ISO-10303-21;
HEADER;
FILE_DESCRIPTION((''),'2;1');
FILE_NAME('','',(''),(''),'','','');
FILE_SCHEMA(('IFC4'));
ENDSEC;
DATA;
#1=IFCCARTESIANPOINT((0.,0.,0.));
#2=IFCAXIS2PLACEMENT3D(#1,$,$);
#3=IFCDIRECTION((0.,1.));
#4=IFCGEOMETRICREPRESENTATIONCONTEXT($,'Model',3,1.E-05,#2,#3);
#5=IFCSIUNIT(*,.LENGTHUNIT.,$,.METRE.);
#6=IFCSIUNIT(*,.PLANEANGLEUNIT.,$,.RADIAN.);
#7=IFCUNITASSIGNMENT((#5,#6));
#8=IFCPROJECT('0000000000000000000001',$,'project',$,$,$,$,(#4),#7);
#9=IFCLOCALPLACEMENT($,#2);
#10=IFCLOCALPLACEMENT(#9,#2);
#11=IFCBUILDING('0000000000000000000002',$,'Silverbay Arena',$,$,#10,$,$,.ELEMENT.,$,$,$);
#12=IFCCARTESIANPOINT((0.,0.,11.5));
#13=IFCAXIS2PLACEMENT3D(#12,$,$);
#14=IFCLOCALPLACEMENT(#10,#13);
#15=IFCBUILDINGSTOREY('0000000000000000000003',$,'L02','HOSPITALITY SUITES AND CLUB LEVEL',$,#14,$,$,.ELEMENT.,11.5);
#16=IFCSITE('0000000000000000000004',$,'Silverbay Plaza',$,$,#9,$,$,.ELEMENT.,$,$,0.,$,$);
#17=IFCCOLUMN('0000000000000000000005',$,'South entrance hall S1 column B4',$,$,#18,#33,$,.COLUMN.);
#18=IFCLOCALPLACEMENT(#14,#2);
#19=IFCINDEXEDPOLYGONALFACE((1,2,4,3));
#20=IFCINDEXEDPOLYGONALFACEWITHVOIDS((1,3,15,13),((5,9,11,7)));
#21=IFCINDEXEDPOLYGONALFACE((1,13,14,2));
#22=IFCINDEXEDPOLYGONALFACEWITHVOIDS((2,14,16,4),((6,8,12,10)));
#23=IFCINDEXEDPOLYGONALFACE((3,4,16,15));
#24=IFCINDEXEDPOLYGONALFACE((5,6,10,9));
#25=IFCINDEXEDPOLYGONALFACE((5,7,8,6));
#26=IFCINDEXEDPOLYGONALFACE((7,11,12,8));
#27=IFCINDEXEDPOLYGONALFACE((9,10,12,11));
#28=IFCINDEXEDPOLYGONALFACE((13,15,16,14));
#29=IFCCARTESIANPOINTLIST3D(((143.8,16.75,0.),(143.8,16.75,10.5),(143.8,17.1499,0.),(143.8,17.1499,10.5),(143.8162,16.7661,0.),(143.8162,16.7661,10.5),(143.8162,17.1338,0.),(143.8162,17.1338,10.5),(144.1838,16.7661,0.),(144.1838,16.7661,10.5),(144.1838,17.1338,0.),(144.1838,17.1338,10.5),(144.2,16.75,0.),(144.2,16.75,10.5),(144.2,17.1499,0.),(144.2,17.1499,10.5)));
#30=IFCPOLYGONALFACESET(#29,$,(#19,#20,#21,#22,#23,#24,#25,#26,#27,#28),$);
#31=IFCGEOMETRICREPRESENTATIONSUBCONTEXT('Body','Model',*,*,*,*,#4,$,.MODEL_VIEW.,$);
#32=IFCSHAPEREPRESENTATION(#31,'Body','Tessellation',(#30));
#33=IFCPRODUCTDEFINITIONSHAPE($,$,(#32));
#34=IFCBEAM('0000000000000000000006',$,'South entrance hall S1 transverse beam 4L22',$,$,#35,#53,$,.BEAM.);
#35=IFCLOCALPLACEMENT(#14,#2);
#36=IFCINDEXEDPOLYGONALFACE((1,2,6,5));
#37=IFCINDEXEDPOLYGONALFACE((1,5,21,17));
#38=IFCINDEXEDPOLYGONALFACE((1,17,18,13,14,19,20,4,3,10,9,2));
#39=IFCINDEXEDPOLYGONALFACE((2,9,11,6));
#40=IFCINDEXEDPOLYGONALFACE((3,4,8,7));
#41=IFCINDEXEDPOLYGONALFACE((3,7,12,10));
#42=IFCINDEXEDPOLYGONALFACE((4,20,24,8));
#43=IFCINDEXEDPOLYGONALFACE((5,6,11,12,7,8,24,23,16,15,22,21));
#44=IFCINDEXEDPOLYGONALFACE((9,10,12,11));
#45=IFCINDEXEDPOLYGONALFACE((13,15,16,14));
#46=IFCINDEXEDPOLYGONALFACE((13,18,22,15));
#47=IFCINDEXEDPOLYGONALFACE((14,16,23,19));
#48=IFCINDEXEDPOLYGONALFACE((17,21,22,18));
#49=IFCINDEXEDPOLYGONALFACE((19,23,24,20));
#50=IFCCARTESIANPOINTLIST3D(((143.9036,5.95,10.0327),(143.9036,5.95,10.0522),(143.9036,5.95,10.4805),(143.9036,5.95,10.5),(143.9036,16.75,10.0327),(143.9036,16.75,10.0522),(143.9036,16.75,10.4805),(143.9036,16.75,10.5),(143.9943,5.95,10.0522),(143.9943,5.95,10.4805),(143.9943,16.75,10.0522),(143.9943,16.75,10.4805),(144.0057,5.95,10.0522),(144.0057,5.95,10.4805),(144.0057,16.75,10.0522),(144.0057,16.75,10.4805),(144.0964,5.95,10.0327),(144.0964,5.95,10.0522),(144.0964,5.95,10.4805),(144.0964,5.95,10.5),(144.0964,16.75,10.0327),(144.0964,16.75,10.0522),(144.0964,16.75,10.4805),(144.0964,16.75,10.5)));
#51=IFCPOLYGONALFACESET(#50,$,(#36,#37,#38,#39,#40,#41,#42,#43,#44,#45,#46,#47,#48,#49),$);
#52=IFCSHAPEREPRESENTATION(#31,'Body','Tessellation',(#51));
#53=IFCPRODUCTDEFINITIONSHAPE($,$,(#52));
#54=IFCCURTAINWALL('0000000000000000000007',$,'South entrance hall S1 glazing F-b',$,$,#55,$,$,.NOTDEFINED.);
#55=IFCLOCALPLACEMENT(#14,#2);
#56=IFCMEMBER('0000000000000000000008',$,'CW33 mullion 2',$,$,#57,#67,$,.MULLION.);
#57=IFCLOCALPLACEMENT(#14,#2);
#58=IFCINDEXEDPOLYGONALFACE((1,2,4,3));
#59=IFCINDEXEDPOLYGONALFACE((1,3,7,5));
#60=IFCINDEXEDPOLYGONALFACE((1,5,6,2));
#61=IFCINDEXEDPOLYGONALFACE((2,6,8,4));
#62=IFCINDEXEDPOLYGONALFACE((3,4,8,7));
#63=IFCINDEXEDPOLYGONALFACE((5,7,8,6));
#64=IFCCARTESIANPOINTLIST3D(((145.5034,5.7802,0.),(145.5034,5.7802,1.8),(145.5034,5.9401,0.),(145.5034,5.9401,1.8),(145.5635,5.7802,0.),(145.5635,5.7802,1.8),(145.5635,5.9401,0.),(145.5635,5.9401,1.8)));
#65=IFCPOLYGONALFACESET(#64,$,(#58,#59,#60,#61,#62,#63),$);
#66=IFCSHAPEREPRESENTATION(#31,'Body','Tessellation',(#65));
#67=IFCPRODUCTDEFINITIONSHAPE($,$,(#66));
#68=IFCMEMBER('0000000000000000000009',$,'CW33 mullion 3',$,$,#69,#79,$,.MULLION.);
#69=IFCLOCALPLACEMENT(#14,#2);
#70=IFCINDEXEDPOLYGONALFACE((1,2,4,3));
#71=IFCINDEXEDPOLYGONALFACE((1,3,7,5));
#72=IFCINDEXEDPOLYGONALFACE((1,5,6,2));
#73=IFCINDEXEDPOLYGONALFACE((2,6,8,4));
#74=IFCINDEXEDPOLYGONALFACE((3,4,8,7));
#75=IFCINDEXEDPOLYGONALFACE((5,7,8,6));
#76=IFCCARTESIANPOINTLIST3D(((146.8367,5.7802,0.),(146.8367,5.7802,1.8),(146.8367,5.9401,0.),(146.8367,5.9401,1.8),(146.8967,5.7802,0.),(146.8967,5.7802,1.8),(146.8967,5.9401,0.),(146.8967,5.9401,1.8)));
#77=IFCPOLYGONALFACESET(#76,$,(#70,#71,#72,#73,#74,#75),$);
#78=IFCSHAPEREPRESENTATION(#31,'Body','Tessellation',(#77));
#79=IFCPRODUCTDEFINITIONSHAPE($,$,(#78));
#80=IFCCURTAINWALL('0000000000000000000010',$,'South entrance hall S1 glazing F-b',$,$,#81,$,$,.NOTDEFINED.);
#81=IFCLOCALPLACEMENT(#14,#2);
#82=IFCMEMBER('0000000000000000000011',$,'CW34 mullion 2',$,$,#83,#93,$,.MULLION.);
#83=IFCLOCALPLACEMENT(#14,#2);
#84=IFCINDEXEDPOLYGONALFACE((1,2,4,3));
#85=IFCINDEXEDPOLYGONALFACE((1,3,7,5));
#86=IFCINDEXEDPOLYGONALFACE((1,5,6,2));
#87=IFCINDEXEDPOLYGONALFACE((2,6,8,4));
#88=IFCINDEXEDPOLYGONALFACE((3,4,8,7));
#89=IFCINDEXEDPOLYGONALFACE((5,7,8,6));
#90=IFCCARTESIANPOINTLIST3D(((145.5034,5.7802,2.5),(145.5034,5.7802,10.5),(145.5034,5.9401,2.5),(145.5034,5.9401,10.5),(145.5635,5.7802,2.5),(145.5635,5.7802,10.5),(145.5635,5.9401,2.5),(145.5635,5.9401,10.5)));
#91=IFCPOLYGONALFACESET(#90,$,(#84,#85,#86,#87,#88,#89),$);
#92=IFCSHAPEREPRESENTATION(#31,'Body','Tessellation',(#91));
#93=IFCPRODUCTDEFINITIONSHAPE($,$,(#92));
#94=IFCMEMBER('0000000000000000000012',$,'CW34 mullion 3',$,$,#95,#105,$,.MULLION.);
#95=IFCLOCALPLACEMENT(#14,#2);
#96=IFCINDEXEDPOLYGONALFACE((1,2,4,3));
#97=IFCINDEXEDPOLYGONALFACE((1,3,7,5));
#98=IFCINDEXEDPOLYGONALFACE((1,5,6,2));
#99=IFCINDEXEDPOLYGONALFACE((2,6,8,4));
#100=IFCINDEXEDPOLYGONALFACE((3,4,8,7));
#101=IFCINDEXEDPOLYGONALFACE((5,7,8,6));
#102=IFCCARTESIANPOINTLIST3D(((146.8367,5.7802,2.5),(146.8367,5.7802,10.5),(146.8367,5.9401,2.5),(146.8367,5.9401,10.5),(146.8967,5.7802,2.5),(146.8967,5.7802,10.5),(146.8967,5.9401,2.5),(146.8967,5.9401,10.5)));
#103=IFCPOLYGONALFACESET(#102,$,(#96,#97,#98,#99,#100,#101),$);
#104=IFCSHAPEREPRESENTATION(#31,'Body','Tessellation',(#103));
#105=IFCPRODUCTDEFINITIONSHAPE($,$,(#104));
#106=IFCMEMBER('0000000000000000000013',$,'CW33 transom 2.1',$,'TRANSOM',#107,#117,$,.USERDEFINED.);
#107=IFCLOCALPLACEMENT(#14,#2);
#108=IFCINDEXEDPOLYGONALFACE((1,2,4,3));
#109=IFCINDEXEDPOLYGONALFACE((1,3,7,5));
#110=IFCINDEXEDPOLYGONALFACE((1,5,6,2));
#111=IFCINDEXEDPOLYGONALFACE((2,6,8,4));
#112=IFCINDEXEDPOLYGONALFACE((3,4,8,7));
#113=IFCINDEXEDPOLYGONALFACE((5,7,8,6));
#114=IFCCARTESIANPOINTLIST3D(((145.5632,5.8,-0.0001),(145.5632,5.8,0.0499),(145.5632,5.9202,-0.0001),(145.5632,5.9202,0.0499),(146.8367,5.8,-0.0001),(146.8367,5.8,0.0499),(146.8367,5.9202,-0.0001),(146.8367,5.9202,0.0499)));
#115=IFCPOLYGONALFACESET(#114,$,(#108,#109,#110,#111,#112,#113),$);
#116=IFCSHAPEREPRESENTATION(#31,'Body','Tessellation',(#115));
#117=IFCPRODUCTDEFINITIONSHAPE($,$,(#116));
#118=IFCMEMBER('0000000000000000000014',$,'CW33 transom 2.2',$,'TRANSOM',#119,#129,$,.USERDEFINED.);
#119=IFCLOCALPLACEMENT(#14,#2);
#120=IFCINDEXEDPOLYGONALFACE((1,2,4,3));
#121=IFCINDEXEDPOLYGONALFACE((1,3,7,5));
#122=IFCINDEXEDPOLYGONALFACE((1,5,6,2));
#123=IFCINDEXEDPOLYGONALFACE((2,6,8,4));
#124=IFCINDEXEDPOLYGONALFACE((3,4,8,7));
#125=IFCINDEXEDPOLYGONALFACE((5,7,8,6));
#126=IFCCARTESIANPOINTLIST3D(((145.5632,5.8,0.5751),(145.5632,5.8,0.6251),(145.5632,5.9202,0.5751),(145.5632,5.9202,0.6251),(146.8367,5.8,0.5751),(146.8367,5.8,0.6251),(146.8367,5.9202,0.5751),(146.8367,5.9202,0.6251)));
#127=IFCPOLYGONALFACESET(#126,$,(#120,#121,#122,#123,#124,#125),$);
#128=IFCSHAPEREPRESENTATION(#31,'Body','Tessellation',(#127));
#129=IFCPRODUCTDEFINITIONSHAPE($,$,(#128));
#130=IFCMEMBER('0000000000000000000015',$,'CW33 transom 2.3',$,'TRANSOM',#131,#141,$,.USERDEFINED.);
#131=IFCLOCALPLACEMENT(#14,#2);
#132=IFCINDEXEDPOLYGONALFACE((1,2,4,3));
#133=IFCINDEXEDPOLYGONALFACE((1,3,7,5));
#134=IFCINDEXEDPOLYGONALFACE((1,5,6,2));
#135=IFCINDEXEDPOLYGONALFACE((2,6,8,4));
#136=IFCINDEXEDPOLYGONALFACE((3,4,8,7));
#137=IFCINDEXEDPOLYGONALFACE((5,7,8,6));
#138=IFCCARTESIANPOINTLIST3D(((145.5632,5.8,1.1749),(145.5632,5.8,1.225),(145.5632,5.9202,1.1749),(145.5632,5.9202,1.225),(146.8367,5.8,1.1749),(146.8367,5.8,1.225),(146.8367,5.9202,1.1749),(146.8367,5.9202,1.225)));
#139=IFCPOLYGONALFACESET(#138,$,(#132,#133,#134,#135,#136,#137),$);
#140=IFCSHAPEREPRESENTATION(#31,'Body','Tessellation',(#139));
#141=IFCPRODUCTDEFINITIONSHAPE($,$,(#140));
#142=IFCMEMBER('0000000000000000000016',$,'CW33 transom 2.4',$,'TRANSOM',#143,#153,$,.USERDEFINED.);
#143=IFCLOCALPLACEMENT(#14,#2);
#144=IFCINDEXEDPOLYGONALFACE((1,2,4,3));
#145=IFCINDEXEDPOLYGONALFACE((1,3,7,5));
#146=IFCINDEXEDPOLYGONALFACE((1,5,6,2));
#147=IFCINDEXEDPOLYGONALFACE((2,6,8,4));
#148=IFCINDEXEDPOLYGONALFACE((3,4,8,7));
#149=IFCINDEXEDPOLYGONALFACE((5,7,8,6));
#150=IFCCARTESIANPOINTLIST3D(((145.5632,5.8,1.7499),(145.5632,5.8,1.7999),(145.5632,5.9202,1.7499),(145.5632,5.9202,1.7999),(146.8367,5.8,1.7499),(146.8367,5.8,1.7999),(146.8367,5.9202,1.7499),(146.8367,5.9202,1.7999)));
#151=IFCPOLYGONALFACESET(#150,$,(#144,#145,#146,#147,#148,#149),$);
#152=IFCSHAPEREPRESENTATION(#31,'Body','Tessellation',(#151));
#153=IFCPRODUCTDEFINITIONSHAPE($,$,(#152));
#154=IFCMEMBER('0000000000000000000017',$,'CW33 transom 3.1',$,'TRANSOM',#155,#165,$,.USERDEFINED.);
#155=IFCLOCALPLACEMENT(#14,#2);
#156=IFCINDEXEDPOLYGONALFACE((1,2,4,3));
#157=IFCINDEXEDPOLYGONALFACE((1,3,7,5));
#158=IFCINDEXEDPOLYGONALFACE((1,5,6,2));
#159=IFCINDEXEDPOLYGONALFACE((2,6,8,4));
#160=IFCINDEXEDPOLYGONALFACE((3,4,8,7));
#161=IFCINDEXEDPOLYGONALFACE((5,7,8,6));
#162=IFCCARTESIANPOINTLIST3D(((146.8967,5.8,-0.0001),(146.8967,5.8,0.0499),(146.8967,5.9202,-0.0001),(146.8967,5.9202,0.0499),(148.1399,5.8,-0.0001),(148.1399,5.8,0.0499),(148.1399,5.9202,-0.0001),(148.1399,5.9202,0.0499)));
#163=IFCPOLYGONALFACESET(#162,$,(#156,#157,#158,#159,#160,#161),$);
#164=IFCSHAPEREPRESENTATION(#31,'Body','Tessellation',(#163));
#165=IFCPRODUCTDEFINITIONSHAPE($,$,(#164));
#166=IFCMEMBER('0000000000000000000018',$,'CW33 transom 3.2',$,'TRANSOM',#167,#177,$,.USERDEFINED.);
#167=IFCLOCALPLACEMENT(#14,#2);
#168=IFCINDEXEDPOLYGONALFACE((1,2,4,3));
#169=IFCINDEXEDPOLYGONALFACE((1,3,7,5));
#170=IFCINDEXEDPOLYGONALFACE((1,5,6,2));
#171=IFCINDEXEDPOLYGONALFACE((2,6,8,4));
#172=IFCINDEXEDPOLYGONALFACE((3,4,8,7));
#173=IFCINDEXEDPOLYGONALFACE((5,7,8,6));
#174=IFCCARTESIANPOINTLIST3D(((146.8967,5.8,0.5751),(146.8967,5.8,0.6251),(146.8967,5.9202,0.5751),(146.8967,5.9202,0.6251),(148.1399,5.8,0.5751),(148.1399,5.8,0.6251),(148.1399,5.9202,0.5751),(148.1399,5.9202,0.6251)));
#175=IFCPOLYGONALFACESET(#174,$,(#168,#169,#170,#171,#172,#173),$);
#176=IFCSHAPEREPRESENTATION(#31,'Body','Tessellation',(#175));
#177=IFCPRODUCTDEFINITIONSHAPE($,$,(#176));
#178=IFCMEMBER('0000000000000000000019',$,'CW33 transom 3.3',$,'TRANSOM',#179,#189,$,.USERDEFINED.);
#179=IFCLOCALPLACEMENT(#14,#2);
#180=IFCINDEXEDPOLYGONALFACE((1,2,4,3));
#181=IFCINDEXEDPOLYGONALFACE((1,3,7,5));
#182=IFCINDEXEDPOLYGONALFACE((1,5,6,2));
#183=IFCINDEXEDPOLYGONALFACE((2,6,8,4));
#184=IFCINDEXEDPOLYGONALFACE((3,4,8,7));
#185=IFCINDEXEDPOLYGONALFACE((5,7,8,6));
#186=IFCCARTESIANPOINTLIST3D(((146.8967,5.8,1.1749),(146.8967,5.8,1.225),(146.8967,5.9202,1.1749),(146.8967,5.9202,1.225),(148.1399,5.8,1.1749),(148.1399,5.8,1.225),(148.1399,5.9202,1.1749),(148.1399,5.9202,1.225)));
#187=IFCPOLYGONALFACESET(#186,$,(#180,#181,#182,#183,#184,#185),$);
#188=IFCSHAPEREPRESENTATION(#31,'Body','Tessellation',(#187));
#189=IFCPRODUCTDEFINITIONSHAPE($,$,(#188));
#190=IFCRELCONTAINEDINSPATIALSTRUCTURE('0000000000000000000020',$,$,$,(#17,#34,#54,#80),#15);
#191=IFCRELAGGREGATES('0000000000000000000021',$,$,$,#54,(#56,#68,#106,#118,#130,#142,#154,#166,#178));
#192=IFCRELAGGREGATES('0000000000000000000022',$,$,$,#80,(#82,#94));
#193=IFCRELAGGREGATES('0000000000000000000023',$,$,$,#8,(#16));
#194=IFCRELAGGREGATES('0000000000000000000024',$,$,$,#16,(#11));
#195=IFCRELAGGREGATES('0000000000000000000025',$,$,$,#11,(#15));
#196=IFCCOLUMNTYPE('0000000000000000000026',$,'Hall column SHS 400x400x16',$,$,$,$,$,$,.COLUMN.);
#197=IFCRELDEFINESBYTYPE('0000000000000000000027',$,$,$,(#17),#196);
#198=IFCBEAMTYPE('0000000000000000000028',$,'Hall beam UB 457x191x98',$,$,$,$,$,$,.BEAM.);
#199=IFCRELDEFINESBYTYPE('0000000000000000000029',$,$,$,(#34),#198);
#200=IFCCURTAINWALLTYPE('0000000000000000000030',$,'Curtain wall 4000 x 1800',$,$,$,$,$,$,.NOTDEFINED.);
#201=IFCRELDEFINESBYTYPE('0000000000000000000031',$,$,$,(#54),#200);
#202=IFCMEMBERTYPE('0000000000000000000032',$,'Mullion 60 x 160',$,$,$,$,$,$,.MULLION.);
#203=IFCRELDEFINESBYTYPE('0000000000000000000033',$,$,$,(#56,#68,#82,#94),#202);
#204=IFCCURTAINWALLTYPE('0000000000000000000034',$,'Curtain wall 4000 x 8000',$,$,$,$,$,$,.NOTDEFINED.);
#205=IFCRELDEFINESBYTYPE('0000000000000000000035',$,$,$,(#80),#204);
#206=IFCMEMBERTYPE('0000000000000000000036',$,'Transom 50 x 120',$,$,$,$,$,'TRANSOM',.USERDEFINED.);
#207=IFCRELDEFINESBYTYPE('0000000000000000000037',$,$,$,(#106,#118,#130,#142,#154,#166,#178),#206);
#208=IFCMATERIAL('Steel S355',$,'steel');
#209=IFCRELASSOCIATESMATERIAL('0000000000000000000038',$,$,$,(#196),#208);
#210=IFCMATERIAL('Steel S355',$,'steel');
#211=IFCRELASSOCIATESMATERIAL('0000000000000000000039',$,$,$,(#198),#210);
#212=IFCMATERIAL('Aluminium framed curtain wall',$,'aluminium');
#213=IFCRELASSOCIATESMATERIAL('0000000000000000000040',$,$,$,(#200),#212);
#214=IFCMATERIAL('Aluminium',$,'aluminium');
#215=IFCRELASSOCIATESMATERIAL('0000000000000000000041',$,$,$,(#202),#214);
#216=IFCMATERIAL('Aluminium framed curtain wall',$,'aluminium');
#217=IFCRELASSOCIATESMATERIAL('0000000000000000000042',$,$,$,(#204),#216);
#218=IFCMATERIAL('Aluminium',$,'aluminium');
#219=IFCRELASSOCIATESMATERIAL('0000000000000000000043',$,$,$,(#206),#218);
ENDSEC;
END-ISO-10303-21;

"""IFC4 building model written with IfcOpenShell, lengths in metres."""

from ifc_helpers import new_model, si_unit, direction, frame, origin, origin_2d, place, context, subcontext, project, spatial, rectangle, hollow_rectangle, i_section, extrude, material, material_profile, profile_set, type_object, element, aggregate, save


model = new_model("IFC4")

# Units and contexts
model_context = context("Model", 3, precision=1e-05, world=origin(), true_north=direction((0.0, 1.0)))
body_context = subcontext(model_context, "Body", "Model", "MODEL_VIEW")
ifc_project = project(units=[si_unit("LENGTHUNIT", "METRE"), si_unit("PLANEANGLEUNIT", "RADIAN")], contexts=[model_context])

# Site, building, storey
site_placement = place(None, origin())
site = spatial("IfcSite", under=ifc_project, at=site_placement, Name="Silverbay Plaza", CompositionType="ELEMENT", RefElevation=0.0)
building_placement = place(site_placement, origin())
building = spatial("IfcBuilding", under=site, at=building_placement, Name="Silverbay Arena", CompositionType="ELEMENT")
storey_placement = place(building_placement, frame((0.0, 0.0, 11.5)))
storey = spatial("IfcBuildingStorey", under=building, at=storey_placement, Name="L02", Description="HOSPITALITY SUITES AND CLUB LEVEL", CompositionType="ELEMENT", Elevation=11.5)

# Column
ifc_material_1 = material(Name="Steel S355", Category="steel")
ifc_material_profile_1 = material_profile(ifc_material_1, hollow_rectangle(XDim=0.3999, YDim=0.3999, WallThickness=0.0161, at=origin_2d()), Name="SHS 400x400x16")
ifc_profile_set_1 = profile_set([ifc_material_profile_1], Name="Steel S355")
column_type = type_object("IfcColumnType", Name="Hall column SHS 400x400x16", PredefinedType="COLUMN", material=ifc_profile_set_1)
column_placement = place(storey_placement, frame((144.0, 16.95, 0.0), z_axis=(0.0, 0.0, 1.0), x_axis=(1.0, 0.0, 0.0)))
element("IfcColumn", 1, at=column_placement, inside=storey, type_object=column_type, Name="South entrance hall S1 column B4", PredefinedType="COLUMN", context=body_context, shape_type="SweptSolid", body=[
    extrude(hollow_rectangle(XDim=0.3999, YDim=0.3999, WallThickness=0.0161, at=origin_2d()), origin(), (0.0, 0.0, 1.0), 10.5),
])

# Beam
ifc_material_2 = material(Name="Steel S355", Category="steel")
ifc_material_profile_2 = material_profile(ifc_material_2, i_section(OverallWidth=0.1929, OverallDepth=0.4673, WebThickness=0.0115, FlangeThickness=0.0195, at=origin_2d()), Name="UB 457x191x98")
ifc_profile_set_2 = profile_set([ifc_material_profile_2], Name="Steel S355")
beam_type = type_object("IfcBeamType", Name="Hall beam UB 457x191x98", PredefinedType="BEAM", material=ifc_profile_set_2)
beam_placement = place(storey_placement, frame((144.0, 16.75, 10.2664), z_axis=(0.0, -1.0, 0.0), x_axis=(1.0, 0.0, 0.0)))
element("IfcBeam", 2, at=beam_placement, inside=storey, type_object=beam_type, Name="South entrance hall S1 transverse beam 4L22", PredefinedType="BEAM", context=body_context, shape_type="SweptSolid", body=[
    extrude(i_section(OverallWidth=0.1929, OverallDepth=0.4673, WebThickness=0.0115, FlangeThickness=0.0195, at=origin_2d()), origin(), (0.0, 0.0, 1.0), 10.8),
])

# Curtain walls, members
ifc_material_3 = material(Name="Aluminium framed curtain wall", Category="aluminium")
curtain_wall_type_1 = type_object("IfcCurtainWallType", Name="Curtain wall 4000 x 1800", PredefinedType="NOTDEFINED", material=ifc_material_3)
curtain_wall_1_placement = place(storey_placement, origin())
curtain_wall_1 = element("IfcCurtainWall", 3, at=curtain_wall_1_placement, inside=storey, type_object=curtain_wall_type_1, Name="South entrance hall S1 glazing F-b", PredefinedType="NOTDEFINED")
ifc_material_4 = material(Name="Aluminium", Category="aluminium")
ifc_material_profile_3 = material_profile(ifc_material_4, rectangle(XDim=0.1599, YDim=0.0601, at=origin_2d()), Name="Mullion 60 x 160")
ifc_profile_set_3 = profile_set([ifc_material_profile_3], Name="Aluminium")
member_type_1 = type_object("IfcMemberType", Name="Mullion 60 x 160", PredefinedType="MULLION", material=ifc_profile_set_3)
member_1_placement = place(storey_placement, frame((145.5334, 5.8601, 0.0), z_axis=(0.0, 0.0, 1.0), x_axis=(0.0, 1.0, 0.0)))
member_1 = element("IfcMember", 4, at=member_1_placement, type_object=member_type_1, Name="CW33 mullion 2", PredefinedType="MULLION", context=body_context, shape_type="SweptSolid", body=[
    extrude(rectangle(XDim=0.1599, YDim=0.0601, at=origin_2d()), origin(), (0.0, 0.0, 1.0), 1.8),
])
member_2_placement = place(storey_placement, frame((146.8667, 5.8601, 0.0), z_axis=(0.0, 0.0, 1.0), x_axis=(0.0, 1.0, 0.0)))
member_2 = element("IfcMember", 5, at=member_2_placement, type_object=member_type_1, Name="CW33 mullion 3", PredefinedType="MULLION", context=body_context, shape_type="SweptSolid", body=[
    extrude(rectangle(XDim=0.1599, YDim=0.0601, at=origin_2d()), origin(), (0.0, 0.0, 1.0), 1.8),
])
ifc_material_5 = material(Name="Aluminium framed curtain wall", Category="aluminium")
curtain_wall_type_2 = type_object("IfcCurtainWallType", Name="Curtain wall 4000 x 8000", PredefinedType="NOTDEFINED", material=ifc_material_5)
curtain_wall_2_placement = place(storey_placement, origin())
curtain_wall_2 = element("IfcCurtainWall", 6, at=curtain_wall_2_placement, inside=storey, type_object=curtain_wall_type_2, Name="South entrance hall S1 glazing F-b", PredefinedType="NOTDEFINED")
member_3_placement = place(storey_placement, frame((145.5334, 5.8601, 2.5), z_axis=(0.0, 0.0, 1.0), x_axis=(0.0, 1.0, 0.0)))
member_3 = element("IfcMember", 7, at=member_3_placement, type_object=member_type_1, Name="CW34 mullion 2", PredefinedType="MULLION", context=body_context, shape_type="SweptSolid", body=[
    extrude(rectangle(XDim=0.1599, YDim=0.0601, at=origin_2d()), origin(), (0.0, 0.0, 1.0), 8.0),
])
member_4_placement = place(storey_placement, frame((146.8667, 5.8601, 2.5), z_axis=(0.0, 0.0, 1.0), x_axis=(0.0, 1.0, 0.0)))
member_4 = element("IfcMember", 8, at=member_4_placement, type_object=member_type_1, Name="CW34 mullion 3", PredefinedType="MULLION", context=body_context, shape_type="SweptSolid", body=[
    extrude(rectangle(XDim=0.1599, YDim=0.0601, at=origin_2d()), origin(), (0.0, 0.0, 1.0), 8.0),
])

# Members
ifc_material_6 = material(Name="Aluminium", Category="aluminium")
ifc_material_profile_4 = material_profile(ifc_material_6, rectangle(XDim=0.1201, YDim=0.05, at=origin_2d()), Name="Transom 50 x 120")
ifc_profile_set_4 = profile_set([ifc_material_profile_4], Name="Aluminium")
member_type_2 = type_object("IfcMemberType", Name="Transom 50 x 120", ElementType="TRANSOM", PredefinedType="USERDEFINED", material=ifc_profile_set_4)
member_5_placement = place(storey_placement, frame((145.5632, 5.8601, 0.0249), z_axis=(1.0, 0.0, 0.0), x_axis=(0.0, 1.0, 0.0)))
member_5 = element("IfcMember", 9, at=member_5_placement, type_object=member_type_2, Name="CW33 transom 2.1", ObjectType="TRANSOM", PredefinedType="USERDEFINED", context=body_context, shape_type="SweptSolid", body=[
    extrude(rectangle(XDim=0.1201, YDim=0.05, at=origin_2d()), origin(), (0.0, 0.0, 1.0), 1.2734),
])
member_6_placement = place(storey_placement, frame((145.5632, 5.8601, 0.6001), z_axis=(1.0, 0.0, 0.0), x_axis=(0.0, 1.0, 0.0)))
member_6 = element("IfcMember", 10, at=member_6_placement, type_object=member_type_2, Name="CW33 transom 2.2", ObjectType="TRANSOM", PredefinedType="USERDEFINED", context=body_context, shape_type="SweptSolid", body=[
    extrude(rectangle(XDim=0.1201, YDim=0.05, at=origin_2d()), origin(), (0.0, 0.0, 1.0), 1.2734),
])
member_7_placement = place(storey_placement, frame((145.5632, 5.8601, 1.2), z_axis=(1.0, 0.0, 0.0), x_axis=(0.0, 1.0, 0.0)))
member_7 = element("IfcMember", 11, at=member_7_placement, type_object=member_type_2, Name="CW33 transom 2.3", ObjectType="TRANSOM", PredefinedType="USERDEFINED", context=body_context, shape_type="SweptSolid", body=[
    extrude(rectangle(XDim=0.1201, YDim=0.05, at=origin_2d()), origin(), (0.0, 0.0, 1.0), 1.2734),
])
member_8_placement = place(storey_placement, frame((145.5632, 5.8601, 1.7749), z_axis=(1.0, 0.0, 0.0), x_axis=(0.0, 1.0, 0.0)))
member_8 = element("IfcMember", 12, at=member_8_placement, type_object=member_type_2, Name="CW33 transom 2.4", ObjectType="TRANSOM", PredefinedType="USERDEFINED", context=body_context, shape_type="SweptSolid", body=[
    extrude(rectangle(XDim=0.1201, YDim=0.05, at=origin_2d()), origin(), (0.0, 0.0, 1.0), 1.2734),
])
member_9_placement = place(storey_placement, frame((146.8967, 5.8601, 0.0249), z_axis=(1.0, 0.0, 0.0), x_axis=(0.0, 1.0, 0.0)))
member_9 = element("IfcMember", 13, at=member_9_placement, type_object=member_type_2, Name="CW33 transom 3.1", ObjectType="TRANSOM", PredefinedType="USERDEFINED", context=body_context, shape_type="SweptSolid", body=[
    extrude(rectangle(XDim=0.1201, YDim=0.05, at=origin_2d()), origin(), (0.0, 0.0, 1.0), 1.2432),
])
member_10_placement = place(storey_placement, frame((146.8967, 5.8601, 0.6001), z_axis=(1.0, 0.0, 0.0), x_axis=(0.0, 1.0, 0.0)))
member_10 = element("IfcMember", 14, at=member_10_placement, type_object=member_type_2, Name="CW33 transom 3.2", ObjectType="TRANSOM", PredefinedType="USERDEFINED", context=body_context, shape_type="SweptSolid", body=[
    extrude(rectangle(XDim=0.1201, YDim=0.05, at=origin_2d()), origin(), (0.0, 0.0, 1.0), 1.2432),
])
member_11_placement = place(storey_placement, frame((146.8967, 5.8601, 1.2), z_axis=(1.0, 0.0, 0.0), x_axis=(0.0, 1.0, 0.0)))
member_11 = element("IfcMember", 15, at=member_11_placement, type_object=member_type_2, Name="CW33 transom 3.3", ObjectType="TRANSOM", PredefinedType="USERDEFINED", context=body_context, shape_type="SweptSolid", body=[
    extrude(rectangle(XDim=0.1201, YDim=0.05, at=origin_2d()), origin(), (0.0, 0.0, 1.0), 1.2432),
])

aggregate(curtain_wall_1, [member_1, member_2, member_5, member_6, member_7, member_8, member_9, member_10, member_11])
aggregate(curtain_wall_2, [member_3, member_4])

save(model, "model.ifc")
